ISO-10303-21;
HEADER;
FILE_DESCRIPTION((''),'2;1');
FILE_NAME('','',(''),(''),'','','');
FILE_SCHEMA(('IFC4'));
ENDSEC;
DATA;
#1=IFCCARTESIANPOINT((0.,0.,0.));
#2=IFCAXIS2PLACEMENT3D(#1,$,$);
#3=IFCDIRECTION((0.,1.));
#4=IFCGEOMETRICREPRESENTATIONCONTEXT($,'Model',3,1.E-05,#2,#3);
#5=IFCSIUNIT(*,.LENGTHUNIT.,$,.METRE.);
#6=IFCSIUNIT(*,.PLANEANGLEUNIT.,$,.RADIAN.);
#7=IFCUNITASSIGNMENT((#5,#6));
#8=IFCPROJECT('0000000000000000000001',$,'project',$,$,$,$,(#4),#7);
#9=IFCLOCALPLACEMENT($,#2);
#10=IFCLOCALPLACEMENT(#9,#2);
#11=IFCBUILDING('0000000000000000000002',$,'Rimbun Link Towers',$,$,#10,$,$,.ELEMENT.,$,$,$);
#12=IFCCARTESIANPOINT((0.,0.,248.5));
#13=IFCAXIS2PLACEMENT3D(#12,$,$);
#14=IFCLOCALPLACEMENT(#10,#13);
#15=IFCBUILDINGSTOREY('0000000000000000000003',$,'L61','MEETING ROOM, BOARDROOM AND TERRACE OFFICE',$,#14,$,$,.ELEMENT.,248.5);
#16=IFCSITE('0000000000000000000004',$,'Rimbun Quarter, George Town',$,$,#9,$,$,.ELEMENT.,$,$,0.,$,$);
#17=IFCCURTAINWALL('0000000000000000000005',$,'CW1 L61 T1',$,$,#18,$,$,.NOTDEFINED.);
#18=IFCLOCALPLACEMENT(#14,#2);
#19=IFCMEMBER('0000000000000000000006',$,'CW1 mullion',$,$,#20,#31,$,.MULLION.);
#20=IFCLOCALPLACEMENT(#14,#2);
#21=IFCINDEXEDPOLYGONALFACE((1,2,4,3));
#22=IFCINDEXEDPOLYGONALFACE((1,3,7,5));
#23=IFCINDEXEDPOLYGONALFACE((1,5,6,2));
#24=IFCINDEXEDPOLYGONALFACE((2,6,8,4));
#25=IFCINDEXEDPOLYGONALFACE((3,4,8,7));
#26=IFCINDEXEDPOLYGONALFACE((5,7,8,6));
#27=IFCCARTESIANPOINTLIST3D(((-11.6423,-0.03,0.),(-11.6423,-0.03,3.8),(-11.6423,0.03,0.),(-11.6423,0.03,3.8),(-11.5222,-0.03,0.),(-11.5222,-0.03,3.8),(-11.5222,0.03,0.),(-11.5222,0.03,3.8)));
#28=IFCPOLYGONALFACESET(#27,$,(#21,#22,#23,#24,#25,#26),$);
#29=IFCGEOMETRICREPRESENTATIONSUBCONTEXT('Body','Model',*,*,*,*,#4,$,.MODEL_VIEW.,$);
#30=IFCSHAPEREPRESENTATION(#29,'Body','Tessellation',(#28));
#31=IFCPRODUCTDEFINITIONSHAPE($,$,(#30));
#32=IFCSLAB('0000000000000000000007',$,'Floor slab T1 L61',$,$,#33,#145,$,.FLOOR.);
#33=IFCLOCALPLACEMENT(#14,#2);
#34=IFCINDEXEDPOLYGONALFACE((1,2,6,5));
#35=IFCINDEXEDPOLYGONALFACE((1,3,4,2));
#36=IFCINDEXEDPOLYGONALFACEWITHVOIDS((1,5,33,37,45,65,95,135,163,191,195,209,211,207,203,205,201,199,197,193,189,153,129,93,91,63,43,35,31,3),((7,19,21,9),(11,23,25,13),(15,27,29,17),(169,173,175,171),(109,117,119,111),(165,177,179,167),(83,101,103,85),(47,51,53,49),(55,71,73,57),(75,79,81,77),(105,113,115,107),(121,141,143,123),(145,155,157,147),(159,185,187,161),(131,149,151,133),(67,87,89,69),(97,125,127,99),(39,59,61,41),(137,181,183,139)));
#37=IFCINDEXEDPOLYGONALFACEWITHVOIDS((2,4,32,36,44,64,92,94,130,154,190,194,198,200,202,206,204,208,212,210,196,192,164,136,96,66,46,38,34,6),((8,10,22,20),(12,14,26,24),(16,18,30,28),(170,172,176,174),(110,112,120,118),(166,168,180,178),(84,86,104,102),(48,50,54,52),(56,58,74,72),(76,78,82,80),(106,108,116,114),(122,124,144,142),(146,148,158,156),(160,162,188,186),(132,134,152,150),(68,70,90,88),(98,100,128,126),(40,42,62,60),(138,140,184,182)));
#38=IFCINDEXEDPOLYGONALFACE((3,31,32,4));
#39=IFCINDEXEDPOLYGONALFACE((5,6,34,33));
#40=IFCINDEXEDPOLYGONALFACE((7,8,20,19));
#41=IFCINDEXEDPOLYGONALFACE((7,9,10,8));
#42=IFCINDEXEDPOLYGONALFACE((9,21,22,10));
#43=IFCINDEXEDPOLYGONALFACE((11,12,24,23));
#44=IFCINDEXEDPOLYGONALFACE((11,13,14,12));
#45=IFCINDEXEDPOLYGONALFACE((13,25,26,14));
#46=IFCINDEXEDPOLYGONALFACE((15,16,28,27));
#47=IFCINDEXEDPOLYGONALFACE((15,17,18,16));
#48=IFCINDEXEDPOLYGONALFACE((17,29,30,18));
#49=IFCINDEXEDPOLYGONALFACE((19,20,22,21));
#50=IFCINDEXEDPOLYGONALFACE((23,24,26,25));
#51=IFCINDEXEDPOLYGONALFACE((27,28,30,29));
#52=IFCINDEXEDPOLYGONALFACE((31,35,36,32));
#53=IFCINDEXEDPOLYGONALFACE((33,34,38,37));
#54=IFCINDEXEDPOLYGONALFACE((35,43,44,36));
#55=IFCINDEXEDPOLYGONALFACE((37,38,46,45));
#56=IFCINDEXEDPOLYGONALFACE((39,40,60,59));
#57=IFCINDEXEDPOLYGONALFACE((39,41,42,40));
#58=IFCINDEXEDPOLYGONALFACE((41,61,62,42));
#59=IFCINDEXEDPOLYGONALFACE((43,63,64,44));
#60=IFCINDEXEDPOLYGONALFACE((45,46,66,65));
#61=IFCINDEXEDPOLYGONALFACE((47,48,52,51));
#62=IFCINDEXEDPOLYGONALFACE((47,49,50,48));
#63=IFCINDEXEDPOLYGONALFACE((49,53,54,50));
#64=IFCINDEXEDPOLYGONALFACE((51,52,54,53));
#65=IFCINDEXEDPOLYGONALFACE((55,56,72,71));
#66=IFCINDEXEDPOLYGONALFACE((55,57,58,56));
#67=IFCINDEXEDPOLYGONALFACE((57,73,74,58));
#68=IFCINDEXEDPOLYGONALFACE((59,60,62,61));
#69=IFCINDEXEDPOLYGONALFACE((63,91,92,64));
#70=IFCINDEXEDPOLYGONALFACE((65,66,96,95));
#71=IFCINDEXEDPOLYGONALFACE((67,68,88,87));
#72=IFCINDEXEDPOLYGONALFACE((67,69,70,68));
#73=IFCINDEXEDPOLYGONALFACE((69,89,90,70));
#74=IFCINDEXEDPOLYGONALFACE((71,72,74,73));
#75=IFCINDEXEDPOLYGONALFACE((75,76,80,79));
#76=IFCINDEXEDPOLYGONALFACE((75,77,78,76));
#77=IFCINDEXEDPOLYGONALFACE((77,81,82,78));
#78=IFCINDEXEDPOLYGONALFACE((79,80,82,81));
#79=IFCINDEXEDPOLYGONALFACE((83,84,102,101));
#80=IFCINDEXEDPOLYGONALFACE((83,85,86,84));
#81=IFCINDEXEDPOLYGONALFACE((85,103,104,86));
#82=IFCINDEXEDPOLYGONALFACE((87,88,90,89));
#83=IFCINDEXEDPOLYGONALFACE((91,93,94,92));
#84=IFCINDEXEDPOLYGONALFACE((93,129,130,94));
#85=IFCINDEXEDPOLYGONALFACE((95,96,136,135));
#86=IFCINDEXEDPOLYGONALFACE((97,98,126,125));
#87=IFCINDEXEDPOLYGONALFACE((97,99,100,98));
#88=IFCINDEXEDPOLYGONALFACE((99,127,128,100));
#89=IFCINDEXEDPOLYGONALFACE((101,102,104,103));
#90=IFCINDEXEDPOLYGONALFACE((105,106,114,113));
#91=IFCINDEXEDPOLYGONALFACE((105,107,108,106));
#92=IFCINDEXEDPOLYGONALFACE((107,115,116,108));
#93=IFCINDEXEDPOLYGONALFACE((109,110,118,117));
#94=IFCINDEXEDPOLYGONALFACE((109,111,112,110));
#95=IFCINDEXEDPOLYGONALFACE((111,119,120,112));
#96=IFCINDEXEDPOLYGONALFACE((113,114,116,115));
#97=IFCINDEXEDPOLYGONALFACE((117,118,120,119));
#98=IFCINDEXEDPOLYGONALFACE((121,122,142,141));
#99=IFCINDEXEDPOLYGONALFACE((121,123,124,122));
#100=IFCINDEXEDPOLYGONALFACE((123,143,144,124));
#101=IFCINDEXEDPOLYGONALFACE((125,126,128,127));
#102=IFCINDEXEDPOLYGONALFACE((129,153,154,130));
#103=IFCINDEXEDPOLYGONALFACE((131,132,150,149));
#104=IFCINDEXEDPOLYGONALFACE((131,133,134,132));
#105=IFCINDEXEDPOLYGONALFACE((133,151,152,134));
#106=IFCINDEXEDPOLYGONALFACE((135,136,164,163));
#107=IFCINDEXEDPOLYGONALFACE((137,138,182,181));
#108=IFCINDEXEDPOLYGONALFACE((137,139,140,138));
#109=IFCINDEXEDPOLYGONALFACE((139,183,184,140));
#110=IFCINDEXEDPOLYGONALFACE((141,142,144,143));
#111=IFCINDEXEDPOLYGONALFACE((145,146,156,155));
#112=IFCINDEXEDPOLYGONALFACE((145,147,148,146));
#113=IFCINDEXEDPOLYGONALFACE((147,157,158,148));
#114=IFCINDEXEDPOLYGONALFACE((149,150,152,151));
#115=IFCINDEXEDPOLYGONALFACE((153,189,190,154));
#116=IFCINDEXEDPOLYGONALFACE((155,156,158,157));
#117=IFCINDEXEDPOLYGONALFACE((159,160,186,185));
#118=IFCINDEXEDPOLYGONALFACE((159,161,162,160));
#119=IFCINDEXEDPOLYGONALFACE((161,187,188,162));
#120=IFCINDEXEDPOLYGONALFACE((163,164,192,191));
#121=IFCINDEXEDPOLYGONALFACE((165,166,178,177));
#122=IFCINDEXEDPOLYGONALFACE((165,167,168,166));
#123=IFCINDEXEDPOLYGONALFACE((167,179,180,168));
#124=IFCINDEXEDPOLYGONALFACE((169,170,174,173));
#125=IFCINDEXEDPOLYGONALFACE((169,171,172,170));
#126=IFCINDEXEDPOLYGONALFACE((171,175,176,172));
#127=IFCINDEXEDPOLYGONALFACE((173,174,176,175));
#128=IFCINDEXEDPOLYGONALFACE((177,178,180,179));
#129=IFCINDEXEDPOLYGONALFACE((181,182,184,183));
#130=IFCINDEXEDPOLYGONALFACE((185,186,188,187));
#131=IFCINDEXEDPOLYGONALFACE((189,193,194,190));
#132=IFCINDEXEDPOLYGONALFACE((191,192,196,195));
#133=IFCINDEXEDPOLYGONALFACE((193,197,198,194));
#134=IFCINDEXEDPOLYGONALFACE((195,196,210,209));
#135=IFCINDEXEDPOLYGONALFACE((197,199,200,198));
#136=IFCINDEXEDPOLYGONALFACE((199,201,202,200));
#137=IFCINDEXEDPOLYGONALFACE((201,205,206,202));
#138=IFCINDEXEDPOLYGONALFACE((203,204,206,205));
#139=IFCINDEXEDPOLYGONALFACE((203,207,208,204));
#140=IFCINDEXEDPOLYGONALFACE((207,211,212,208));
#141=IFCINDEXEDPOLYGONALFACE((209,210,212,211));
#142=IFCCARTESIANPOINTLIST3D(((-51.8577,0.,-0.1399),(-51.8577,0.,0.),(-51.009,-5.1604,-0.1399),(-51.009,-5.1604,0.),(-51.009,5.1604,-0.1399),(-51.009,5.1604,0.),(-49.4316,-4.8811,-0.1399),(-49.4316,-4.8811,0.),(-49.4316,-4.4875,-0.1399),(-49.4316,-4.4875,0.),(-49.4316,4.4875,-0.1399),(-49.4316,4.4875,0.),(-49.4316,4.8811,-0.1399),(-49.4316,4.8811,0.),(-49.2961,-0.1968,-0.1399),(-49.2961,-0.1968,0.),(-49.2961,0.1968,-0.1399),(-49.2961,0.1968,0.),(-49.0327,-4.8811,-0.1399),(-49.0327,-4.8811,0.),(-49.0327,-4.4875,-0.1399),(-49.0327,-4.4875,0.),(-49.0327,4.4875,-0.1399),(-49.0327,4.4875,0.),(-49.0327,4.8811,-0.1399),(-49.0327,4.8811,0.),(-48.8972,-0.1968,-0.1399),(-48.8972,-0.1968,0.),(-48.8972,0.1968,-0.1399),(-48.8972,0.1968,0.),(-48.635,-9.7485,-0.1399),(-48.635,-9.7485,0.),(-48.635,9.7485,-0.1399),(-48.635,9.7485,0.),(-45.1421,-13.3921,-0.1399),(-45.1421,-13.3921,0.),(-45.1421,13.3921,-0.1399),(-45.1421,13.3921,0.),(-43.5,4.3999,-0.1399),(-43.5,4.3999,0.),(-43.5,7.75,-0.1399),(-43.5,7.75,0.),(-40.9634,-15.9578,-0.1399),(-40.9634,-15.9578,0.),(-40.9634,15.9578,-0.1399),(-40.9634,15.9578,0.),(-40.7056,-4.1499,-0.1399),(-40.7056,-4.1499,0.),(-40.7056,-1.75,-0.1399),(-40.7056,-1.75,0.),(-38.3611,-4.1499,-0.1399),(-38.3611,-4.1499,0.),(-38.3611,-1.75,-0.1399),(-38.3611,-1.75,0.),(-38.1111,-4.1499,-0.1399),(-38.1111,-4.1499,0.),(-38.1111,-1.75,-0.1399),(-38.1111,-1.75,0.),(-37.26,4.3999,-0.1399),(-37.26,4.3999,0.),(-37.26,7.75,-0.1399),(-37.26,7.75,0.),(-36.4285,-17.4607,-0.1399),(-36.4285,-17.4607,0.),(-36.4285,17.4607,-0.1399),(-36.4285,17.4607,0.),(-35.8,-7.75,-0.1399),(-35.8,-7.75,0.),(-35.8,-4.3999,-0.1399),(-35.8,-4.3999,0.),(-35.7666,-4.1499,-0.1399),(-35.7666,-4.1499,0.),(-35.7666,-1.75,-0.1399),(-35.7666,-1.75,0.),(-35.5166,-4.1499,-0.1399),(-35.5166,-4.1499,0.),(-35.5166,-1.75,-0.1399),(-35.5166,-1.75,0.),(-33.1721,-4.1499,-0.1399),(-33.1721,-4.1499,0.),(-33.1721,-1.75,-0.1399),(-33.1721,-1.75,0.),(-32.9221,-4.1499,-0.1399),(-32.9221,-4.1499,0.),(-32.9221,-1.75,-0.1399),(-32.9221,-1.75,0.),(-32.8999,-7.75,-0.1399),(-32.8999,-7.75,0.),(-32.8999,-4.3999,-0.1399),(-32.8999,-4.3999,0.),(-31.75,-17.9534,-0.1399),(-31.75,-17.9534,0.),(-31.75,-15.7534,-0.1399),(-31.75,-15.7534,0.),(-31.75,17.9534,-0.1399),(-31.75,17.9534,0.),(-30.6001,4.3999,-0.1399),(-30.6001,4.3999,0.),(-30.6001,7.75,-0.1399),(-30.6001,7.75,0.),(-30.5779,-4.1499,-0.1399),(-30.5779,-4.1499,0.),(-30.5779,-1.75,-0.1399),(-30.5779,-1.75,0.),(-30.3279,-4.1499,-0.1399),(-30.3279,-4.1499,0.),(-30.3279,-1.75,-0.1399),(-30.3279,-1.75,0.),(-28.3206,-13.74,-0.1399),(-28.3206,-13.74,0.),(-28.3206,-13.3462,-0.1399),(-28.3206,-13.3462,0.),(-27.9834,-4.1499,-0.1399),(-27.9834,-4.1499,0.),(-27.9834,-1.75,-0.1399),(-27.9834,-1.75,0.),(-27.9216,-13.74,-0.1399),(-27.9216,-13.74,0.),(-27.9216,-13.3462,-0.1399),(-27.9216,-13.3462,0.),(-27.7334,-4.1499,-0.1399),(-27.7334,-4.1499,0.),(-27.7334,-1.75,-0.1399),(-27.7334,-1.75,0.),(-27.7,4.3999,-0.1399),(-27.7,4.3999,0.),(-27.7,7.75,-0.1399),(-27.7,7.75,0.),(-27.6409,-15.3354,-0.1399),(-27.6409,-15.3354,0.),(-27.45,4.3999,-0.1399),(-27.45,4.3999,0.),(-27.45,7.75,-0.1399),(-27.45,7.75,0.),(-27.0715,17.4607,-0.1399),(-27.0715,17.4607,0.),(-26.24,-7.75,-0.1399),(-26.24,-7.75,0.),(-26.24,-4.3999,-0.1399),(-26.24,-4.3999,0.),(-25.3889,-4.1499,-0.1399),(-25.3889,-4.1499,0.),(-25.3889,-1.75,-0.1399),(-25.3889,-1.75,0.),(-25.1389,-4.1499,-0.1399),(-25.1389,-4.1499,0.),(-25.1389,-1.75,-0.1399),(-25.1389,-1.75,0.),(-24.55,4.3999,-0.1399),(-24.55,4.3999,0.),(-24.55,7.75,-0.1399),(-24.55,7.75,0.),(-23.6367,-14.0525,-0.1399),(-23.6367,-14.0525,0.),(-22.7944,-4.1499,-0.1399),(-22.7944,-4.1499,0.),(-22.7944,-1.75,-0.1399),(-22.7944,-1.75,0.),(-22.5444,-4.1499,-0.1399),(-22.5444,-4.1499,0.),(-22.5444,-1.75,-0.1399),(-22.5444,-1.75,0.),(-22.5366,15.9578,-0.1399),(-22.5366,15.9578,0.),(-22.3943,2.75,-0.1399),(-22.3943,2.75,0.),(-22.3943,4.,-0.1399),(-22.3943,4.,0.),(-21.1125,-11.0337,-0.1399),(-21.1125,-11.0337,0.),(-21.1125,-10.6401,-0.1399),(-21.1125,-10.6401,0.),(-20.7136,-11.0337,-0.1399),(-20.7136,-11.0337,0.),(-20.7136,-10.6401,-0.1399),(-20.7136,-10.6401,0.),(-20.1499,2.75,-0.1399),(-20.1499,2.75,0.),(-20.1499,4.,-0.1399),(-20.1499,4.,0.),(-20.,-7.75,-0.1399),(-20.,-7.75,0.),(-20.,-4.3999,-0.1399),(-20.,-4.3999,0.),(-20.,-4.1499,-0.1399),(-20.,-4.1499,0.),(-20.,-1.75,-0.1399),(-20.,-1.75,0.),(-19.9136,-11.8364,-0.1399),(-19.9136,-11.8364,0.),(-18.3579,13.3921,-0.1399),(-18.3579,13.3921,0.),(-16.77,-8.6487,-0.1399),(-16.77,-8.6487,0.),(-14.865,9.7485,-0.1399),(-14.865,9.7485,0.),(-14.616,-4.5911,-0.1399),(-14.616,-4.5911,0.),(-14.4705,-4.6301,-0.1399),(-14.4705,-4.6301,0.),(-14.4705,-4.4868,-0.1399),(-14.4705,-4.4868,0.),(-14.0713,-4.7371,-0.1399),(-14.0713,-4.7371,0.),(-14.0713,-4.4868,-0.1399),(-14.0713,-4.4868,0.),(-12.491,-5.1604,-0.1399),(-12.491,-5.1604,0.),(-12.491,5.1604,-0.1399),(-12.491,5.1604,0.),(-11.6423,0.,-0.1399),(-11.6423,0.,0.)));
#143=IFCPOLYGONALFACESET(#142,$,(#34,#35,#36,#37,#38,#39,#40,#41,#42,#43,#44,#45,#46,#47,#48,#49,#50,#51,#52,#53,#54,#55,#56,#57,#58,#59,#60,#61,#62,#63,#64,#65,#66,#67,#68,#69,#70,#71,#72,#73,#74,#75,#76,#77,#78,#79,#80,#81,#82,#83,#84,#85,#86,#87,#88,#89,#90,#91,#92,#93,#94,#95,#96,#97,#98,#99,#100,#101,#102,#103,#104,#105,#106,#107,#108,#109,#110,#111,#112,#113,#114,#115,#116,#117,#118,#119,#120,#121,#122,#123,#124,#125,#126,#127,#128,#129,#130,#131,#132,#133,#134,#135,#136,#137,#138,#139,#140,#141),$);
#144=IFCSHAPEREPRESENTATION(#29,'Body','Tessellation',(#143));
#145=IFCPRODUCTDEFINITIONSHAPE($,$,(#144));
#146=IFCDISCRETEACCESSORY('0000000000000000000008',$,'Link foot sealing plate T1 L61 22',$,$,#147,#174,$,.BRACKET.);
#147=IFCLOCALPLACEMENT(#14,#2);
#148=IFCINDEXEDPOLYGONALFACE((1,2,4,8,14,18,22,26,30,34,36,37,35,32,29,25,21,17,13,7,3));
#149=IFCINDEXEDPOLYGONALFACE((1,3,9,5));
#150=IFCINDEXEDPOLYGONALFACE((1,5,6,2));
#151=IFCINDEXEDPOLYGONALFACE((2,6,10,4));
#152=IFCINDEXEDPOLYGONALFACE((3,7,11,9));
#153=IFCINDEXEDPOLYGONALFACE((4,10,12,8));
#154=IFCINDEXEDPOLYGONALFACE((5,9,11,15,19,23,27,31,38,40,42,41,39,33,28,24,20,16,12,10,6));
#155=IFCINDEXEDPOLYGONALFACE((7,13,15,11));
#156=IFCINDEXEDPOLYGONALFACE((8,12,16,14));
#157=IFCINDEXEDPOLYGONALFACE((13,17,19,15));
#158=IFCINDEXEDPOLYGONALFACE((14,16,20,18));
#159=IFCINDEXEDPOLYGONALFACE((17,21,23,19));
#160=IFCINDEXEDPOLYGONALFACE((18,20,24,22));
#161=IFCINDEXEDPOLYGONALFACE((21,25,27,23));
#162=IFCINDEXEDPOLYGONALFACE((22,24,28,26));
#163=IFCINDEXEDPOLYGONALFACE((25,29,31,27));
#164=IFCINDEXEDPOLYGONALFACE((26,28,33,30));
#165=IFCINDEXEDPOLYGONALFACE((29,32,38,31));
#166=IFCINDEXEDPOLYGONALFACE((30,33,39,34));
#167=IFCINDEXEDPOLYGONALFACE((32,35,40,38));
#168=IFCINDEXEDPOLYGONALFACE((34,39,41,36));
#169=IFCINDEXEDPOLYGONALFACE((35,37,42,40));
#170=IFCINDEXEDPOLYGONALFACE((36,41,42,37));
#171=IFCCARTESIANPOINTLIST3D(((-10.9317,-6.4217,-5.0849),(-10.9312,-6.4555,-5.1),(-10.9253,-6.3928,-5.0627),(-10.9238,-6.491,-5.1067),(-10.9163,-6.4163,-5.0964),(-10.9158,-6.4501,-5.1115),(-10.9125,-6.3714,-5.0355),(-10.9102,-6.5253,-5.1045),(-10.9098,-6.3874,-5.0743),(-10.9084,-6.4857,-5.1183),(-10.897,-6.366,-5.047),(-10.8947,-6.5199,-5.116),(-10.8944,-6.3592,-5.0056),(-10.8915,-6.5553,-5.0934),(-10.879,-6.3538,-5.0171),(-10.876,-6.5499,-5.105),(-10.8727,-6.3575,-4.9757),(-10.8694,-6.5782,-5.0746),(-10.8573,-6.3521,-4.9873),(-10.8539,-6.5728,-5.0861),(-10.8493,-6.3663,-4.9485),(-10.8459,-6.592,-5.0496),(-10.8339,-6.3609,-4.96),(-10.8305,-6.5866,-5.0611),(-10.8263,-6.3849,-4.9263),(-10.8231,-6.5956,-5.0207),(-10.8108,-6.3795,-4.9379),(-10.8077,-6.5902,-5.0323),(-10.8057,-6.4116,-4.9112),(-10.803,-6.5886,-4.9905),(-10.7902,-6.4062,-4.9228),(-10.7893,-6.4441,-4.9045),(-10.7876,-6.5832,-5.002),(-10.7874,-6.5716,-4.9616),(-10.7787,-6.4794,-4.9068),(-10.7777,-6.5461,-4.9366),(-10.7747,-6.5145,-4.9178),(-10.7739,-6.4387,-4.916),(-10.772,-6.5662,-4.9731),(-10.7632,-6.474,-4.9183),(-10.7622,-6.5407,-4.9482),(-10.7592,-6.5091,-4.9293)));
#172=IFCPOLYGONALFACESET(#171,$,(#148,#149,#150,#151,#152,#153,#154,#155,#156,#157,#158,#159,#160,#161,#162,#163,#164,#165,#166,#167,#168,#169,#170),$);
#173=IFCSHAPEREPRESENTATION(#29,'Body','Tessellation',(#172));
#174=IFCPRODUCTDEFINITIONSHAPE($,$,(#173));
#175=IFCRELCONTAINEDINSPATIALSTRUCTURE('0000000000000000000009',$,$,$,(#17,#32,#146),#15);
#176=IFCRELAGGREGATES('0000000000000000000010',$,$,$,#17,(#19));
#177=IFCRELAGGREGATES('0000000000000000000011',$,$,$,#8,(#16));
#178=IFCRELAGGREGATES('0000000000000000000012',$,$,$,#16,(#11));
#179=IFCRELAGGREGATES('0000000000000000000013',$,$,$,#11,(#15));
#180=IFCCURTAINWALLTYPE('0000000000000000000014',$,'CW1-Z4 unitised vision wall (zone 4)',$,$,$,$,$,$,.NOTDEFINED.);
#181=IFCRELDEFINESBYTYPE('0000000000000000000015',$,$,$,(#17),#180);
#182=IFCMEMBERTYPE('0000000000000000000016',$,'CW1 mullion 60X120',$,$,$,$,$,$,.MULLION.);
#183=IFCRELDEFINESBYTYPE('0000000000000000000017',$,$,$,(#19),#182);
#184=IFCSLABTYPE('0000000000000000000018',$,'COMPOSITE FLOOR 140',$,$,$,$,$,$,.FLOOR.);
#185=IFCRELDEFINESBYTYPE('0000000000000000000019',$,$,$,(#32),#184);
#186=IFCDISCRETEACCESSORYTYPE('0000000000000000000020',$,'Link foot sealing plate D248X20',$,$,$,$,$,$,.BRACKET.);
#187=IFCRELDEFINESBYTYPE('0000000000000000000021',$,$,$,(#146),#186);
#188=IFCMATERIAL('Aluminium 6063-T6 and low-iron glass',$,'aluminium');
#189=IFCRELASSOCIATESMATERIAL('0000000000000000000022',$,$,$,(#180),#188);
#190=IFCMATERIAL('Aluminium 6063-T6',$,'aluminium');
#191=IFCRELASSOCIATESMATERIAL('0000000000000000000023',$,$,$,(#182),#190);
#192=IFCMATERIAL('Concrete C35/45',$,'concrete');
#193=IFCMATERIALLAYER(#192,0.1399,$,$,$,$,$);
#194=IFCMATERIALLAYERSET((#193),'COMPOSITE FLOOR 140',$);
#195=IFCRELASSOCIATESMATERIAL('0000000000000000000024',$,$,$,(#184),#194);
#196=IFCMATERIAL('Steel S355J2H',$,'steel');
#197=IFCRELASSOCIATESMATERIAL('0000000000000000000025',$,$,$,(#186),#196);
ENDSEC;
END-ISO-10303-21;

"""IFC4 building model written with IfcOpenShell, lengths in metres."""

from ifc_helpers import new_model, si_unit, direction, frame, origin, origin_2d, place, context, subcontext, project, spatial, polyline, rectangle, circle, outline, extrude, material, layer, layer_set, material_profile, profile_set, type_object, element, aggregate, save


model = new_model("IFC4")

# Units and contexts
model_context = context("Model", 3, precision=1e-05, world=origin(), true_north=direction((0.0, 1.0)))
body_context = subcontext(model_context, "Body", "Model", "MODEL_VIEW")
ifc_project = project(units=[si_unit("LENGTHUNIT", "METRE"), si_unit("PLANEANGLEUNIT", "RADIAN")], contexts=[model_context])

# Site, building, storey
site_placement = place(None, origin())
site = spatial("IfcSite", under=ifc_project, at=site_placement, Name="Rimbun Quarter, George Town", CompositionType="ELEMENT", RefElevation=0.0)
building_placement = place(site_placement, origin())
building = spatial("IfcBuilding", under=site, at=building_placement, Name="Rimbun Link Towers", CompositionType="ELEMENT")
storey_placement = place(building_placement, frame((0.0, 0.0, 248.5)))
storey = spatial("IfcBuildingStorey", under=building, at=storey_placement, Name="L61", Description="MEETING ROOM, BOARDROOM AND TERRACE OFFICE", CompositionType="ELEMENT", Elevation=248.5)

# Curtain wall, member
ifc_material_1 = material(Name="Aluminium 6063-T6 and low-iron glass", Category="aluminium")
curtain_wall_type = type_object("IfcCurtainWallType", Name="CW1-Z4 unitised vision wall (zone 4)", PredefinedType="NOTDEFINED", material=ifc_material_1)
curtain_wall_placement = place(storey_placement, origin())
curtain_wall = element("IfcCurtainWall", 1, at=curtain_wall_placement, inside=storey, type_object=curtain_wall_type, Name="CW1 L61 T1", PredefinedType="NOTDEFINED")
ifc_material_2 = material(Name="Aluminium 6063-T6", Category="aluminium")
ifc_material_profile_1 = material_profile(ifc_material_2, rectangle(XDim=0.1201, YDim=0.0601, at=origin_2d()), Name="MULLION 60X120")
ifc_profile_set_1 = profile_set([ifc_material_profile_1], Name="Aluminium 6063-T6")
member_type = type_object("IfcMemberType", Name="CW1 mullion 60X120", PredefinedType="MULLION", material=ifc_profile_set_1)
member_placement = place(storey_placement, frame((-11.5823, 0.0, 0.0), z_axis=(0.0, 0.0, 1.0), x_axis=(1.0, 0.0, 0.0)))
member = element("IfcMember", 2, at=member_placement, type_object=member_type, Name="CW1 mullion", PredefinedType="MULLION", context=body_context, shape_type="SweptSolid", body=[
    extrude(rectangle(XDim=0.1201, YDim=0.0601, at=origin_2d()), origin(), (0.0, 0.0, 1.0), 3.8),
])
aggregate(curtain_wall, [member])

# Slab
ifc_material_3 = material(Name="Concrete C35/45", Category="concrete")
ifc_layer = layer(ifc_material_3, 0.1399)
ifc_layer_set = layer_set([ifc_layer], Name="COMPOSITE FLOOR 140")
slab_type = type_object("IfcSlabType", Name="COMPOSITE FLOOR 140", PredefinedType="FLOOR", material=ifc_layer_set)
slab_placement = place(storey_placement, frame((0.0, 0.0, -0.1399)))
element("IfcSlab", 3, at=slab_placement, inside=storey, type_object=slab_type, Name="Floor slab T1 L61", PredefinedType="FLOOR", context=body_context, shape_type="SweptSolid", body=[
    extrude(outline(polyline([(-14.616, -4.5911), (-16.77, -8.6487), (-19.9136, -11.8364), (-23.6367, -14.0525), (-27.6409, -15.3354), (-31.75, -15.7534), (-31.75, -17.9534), (-36.4285, -17.4607), (-40.9634, -15.9578), (-45.1421, -13.3921), (-48.635, -9.7485), (-51.009, -5.1604), (-51.8577, 0.0), (-51.009, 5.1604), (-48.635, 9.7485), (-45.1421, 13.3921), (-40.9634, 15.9578), (-36.4285, 17.4607), (-31.75, 17.9534), (-27.0715, 17.4607), (-22.5366, 15.9578), (-18.3579, 13.3921), (-14.865, 9.7485), (-12.491, 5.1604), (-11.6423, 0.0), (-12.491, -5.1604), (-14.0713, -4.7371), (-14.0713, -4.4868), (-14.4705, -4.4868), (-14.4705, -4.6301), (-14.616, -4.5911)]), holes=[polyline([(-32.8999, -7.75), (-32.8999, -4.3999), (-35.8, -4.3999), (-35.8, -7.75), (-32.8999, -7.75)]), polyline([(-49.0327, -4.8811), (-49.0327, -4.4875), (-49.4316, -4.4875), (-49.4316, -4.8811), (-49.0327, -4.8811)]), polyline([(-38.3611, -4.1499), (-38.3611, -1.75), (-40.7056, -1.75), (-40.7056, -4.1499), (-38.3611, -4.1499)]), polyline([(-38.1111, -4.1499), (-35.7666, -4.1499), (-35.7666, -1.75), (-38.1111, -1.75), (-38.1111, -4.1499)]), polyline([(-35.5166, -4.1499), (-33.1721, -4.1499), (-33.1721, -1.75), (-35.5166, -1.75), (-35.5166, -4.1499)]), polyline([(-30.5779, -4.1499), (-30.5779, -1.75), (-32.9221, -1.75), (-32.9221, -4.1499), (-30.5779, -4.1499)]), polyline([(-27.9834, -4.1499), (-27.9834, -1.75), (-30.3279, -1.75), (-30.3279, -4.1499), (-27.9834, -4.1499)]), polyline([(-48.8972, -0.1968), (-48.8972, 0.1968), (-49.2961, 0.1968), (-49.2961, -0.1968), (-48.8972, -0.1968)]), polyline([(-49.4316, 4.4875), (-49.0327, 4.4875), (-49.0327, 4.8811), (-49.4316, 4.8811), (-49.4316, 4.4875)]), polyline([(-43.5, 4.3999), (-37.26, 4.3999), (-37.26, 7.75), (-43.5, 7.75), (-43.5, 4.3999)]), polyline([(-27.9216, -13.74), (-27.9216, -13.3462), (-28.3206, -13.3462), (-28.3206, -13.74), (-27.9216, -13.74)]), polyline([(-20.7136, -11.0337), (-20.7136, -10.6401), (-21.1125, -10.6401), (-21.1125, -11.0337), (-20.7136, -11.0337)]), polyline([(-20.0, -7.75), (-20.0, -4.3999), (-26.24, -4.3999), (-26.24, -7.75), (-20.0, -7.75)]), polyline([(-27.7334, -4.1499), (-25.3889, -4.1499), (-25.3889, -1.75), (-27.7334, -1.75), (-27.7334, -4.1499)]), polyline([(-22.7944, -4.1499), (-22.7944, -1.75), (-25.1389, -1.75), (-25.1389, -4.1499), (-22.7944, -4.1499)]), polyline([(-20.0, -4.1499), (-20.0, -1.75), (-22.5444, -1.75), (-22.5444, -4.1499), (-20.0, -4.1499)]), polyline([(-22.3943, 2.75), (-20.1499, 2.75), (-20.1499, 4.0), (-22.3943, 4.0), (-22.3943, 2.75)]), polyline([(-30.6001, 4.3999), (-27.7, 4.3999), (-27.7, 7.75), (-30.6001, 7.75), (-30.6001, 4.3999)]), polyline([(-27.45, 4.3999), (-24.55, 4.3999), (-24.55, 7.75), (-27.45, 7.75), (-27.45, 4.3999)])]), origin(), (0.0, 0.0, 1.0), 0.1399),
])

# Discrete accessory
ifc_material_4 = material(Name="Steel S355J2H", Category="steel")
ifc_material_profile_2 = material_profile(ifc_material_4, circle(Radius=0.124, at=origin_2d()), Name="PL D248")
ifc_profile_set_2 = profile_set([ifc_material_profile_2], Name="Steel S355J2H")
discrete_accessory_type_1 = type_object("IfcDiscreteAccessoryType", Name="Link foot sealing plate D248X20", PredefinedType="BRACKET", material=ifc_profile_set_2)
discrete_accessory_1_placement = place(storey_placement, frame((-10.8535, -6.4763, -5.0056), z_axis=(0.771859, 0.269538, -0.575832), x_axis=(-0.329683, 0.944092, 0.0)))
element("IfcDiscreteAccessory", 4, at=discrete_accessory_1_placement, inside=storey, type_object=discrete_accessory_type_1, Name="Link foot sealing plate T1 L61 22", PredefinedType="BRACKET", context=body_context, shape_type="SweptSolid", body=[
    extrude(circle(Radius=0.124, at=origin_2d()), origin(), (0.0, 0.0, 1.0), 0.02),
])

save(model, "model.ifc")
